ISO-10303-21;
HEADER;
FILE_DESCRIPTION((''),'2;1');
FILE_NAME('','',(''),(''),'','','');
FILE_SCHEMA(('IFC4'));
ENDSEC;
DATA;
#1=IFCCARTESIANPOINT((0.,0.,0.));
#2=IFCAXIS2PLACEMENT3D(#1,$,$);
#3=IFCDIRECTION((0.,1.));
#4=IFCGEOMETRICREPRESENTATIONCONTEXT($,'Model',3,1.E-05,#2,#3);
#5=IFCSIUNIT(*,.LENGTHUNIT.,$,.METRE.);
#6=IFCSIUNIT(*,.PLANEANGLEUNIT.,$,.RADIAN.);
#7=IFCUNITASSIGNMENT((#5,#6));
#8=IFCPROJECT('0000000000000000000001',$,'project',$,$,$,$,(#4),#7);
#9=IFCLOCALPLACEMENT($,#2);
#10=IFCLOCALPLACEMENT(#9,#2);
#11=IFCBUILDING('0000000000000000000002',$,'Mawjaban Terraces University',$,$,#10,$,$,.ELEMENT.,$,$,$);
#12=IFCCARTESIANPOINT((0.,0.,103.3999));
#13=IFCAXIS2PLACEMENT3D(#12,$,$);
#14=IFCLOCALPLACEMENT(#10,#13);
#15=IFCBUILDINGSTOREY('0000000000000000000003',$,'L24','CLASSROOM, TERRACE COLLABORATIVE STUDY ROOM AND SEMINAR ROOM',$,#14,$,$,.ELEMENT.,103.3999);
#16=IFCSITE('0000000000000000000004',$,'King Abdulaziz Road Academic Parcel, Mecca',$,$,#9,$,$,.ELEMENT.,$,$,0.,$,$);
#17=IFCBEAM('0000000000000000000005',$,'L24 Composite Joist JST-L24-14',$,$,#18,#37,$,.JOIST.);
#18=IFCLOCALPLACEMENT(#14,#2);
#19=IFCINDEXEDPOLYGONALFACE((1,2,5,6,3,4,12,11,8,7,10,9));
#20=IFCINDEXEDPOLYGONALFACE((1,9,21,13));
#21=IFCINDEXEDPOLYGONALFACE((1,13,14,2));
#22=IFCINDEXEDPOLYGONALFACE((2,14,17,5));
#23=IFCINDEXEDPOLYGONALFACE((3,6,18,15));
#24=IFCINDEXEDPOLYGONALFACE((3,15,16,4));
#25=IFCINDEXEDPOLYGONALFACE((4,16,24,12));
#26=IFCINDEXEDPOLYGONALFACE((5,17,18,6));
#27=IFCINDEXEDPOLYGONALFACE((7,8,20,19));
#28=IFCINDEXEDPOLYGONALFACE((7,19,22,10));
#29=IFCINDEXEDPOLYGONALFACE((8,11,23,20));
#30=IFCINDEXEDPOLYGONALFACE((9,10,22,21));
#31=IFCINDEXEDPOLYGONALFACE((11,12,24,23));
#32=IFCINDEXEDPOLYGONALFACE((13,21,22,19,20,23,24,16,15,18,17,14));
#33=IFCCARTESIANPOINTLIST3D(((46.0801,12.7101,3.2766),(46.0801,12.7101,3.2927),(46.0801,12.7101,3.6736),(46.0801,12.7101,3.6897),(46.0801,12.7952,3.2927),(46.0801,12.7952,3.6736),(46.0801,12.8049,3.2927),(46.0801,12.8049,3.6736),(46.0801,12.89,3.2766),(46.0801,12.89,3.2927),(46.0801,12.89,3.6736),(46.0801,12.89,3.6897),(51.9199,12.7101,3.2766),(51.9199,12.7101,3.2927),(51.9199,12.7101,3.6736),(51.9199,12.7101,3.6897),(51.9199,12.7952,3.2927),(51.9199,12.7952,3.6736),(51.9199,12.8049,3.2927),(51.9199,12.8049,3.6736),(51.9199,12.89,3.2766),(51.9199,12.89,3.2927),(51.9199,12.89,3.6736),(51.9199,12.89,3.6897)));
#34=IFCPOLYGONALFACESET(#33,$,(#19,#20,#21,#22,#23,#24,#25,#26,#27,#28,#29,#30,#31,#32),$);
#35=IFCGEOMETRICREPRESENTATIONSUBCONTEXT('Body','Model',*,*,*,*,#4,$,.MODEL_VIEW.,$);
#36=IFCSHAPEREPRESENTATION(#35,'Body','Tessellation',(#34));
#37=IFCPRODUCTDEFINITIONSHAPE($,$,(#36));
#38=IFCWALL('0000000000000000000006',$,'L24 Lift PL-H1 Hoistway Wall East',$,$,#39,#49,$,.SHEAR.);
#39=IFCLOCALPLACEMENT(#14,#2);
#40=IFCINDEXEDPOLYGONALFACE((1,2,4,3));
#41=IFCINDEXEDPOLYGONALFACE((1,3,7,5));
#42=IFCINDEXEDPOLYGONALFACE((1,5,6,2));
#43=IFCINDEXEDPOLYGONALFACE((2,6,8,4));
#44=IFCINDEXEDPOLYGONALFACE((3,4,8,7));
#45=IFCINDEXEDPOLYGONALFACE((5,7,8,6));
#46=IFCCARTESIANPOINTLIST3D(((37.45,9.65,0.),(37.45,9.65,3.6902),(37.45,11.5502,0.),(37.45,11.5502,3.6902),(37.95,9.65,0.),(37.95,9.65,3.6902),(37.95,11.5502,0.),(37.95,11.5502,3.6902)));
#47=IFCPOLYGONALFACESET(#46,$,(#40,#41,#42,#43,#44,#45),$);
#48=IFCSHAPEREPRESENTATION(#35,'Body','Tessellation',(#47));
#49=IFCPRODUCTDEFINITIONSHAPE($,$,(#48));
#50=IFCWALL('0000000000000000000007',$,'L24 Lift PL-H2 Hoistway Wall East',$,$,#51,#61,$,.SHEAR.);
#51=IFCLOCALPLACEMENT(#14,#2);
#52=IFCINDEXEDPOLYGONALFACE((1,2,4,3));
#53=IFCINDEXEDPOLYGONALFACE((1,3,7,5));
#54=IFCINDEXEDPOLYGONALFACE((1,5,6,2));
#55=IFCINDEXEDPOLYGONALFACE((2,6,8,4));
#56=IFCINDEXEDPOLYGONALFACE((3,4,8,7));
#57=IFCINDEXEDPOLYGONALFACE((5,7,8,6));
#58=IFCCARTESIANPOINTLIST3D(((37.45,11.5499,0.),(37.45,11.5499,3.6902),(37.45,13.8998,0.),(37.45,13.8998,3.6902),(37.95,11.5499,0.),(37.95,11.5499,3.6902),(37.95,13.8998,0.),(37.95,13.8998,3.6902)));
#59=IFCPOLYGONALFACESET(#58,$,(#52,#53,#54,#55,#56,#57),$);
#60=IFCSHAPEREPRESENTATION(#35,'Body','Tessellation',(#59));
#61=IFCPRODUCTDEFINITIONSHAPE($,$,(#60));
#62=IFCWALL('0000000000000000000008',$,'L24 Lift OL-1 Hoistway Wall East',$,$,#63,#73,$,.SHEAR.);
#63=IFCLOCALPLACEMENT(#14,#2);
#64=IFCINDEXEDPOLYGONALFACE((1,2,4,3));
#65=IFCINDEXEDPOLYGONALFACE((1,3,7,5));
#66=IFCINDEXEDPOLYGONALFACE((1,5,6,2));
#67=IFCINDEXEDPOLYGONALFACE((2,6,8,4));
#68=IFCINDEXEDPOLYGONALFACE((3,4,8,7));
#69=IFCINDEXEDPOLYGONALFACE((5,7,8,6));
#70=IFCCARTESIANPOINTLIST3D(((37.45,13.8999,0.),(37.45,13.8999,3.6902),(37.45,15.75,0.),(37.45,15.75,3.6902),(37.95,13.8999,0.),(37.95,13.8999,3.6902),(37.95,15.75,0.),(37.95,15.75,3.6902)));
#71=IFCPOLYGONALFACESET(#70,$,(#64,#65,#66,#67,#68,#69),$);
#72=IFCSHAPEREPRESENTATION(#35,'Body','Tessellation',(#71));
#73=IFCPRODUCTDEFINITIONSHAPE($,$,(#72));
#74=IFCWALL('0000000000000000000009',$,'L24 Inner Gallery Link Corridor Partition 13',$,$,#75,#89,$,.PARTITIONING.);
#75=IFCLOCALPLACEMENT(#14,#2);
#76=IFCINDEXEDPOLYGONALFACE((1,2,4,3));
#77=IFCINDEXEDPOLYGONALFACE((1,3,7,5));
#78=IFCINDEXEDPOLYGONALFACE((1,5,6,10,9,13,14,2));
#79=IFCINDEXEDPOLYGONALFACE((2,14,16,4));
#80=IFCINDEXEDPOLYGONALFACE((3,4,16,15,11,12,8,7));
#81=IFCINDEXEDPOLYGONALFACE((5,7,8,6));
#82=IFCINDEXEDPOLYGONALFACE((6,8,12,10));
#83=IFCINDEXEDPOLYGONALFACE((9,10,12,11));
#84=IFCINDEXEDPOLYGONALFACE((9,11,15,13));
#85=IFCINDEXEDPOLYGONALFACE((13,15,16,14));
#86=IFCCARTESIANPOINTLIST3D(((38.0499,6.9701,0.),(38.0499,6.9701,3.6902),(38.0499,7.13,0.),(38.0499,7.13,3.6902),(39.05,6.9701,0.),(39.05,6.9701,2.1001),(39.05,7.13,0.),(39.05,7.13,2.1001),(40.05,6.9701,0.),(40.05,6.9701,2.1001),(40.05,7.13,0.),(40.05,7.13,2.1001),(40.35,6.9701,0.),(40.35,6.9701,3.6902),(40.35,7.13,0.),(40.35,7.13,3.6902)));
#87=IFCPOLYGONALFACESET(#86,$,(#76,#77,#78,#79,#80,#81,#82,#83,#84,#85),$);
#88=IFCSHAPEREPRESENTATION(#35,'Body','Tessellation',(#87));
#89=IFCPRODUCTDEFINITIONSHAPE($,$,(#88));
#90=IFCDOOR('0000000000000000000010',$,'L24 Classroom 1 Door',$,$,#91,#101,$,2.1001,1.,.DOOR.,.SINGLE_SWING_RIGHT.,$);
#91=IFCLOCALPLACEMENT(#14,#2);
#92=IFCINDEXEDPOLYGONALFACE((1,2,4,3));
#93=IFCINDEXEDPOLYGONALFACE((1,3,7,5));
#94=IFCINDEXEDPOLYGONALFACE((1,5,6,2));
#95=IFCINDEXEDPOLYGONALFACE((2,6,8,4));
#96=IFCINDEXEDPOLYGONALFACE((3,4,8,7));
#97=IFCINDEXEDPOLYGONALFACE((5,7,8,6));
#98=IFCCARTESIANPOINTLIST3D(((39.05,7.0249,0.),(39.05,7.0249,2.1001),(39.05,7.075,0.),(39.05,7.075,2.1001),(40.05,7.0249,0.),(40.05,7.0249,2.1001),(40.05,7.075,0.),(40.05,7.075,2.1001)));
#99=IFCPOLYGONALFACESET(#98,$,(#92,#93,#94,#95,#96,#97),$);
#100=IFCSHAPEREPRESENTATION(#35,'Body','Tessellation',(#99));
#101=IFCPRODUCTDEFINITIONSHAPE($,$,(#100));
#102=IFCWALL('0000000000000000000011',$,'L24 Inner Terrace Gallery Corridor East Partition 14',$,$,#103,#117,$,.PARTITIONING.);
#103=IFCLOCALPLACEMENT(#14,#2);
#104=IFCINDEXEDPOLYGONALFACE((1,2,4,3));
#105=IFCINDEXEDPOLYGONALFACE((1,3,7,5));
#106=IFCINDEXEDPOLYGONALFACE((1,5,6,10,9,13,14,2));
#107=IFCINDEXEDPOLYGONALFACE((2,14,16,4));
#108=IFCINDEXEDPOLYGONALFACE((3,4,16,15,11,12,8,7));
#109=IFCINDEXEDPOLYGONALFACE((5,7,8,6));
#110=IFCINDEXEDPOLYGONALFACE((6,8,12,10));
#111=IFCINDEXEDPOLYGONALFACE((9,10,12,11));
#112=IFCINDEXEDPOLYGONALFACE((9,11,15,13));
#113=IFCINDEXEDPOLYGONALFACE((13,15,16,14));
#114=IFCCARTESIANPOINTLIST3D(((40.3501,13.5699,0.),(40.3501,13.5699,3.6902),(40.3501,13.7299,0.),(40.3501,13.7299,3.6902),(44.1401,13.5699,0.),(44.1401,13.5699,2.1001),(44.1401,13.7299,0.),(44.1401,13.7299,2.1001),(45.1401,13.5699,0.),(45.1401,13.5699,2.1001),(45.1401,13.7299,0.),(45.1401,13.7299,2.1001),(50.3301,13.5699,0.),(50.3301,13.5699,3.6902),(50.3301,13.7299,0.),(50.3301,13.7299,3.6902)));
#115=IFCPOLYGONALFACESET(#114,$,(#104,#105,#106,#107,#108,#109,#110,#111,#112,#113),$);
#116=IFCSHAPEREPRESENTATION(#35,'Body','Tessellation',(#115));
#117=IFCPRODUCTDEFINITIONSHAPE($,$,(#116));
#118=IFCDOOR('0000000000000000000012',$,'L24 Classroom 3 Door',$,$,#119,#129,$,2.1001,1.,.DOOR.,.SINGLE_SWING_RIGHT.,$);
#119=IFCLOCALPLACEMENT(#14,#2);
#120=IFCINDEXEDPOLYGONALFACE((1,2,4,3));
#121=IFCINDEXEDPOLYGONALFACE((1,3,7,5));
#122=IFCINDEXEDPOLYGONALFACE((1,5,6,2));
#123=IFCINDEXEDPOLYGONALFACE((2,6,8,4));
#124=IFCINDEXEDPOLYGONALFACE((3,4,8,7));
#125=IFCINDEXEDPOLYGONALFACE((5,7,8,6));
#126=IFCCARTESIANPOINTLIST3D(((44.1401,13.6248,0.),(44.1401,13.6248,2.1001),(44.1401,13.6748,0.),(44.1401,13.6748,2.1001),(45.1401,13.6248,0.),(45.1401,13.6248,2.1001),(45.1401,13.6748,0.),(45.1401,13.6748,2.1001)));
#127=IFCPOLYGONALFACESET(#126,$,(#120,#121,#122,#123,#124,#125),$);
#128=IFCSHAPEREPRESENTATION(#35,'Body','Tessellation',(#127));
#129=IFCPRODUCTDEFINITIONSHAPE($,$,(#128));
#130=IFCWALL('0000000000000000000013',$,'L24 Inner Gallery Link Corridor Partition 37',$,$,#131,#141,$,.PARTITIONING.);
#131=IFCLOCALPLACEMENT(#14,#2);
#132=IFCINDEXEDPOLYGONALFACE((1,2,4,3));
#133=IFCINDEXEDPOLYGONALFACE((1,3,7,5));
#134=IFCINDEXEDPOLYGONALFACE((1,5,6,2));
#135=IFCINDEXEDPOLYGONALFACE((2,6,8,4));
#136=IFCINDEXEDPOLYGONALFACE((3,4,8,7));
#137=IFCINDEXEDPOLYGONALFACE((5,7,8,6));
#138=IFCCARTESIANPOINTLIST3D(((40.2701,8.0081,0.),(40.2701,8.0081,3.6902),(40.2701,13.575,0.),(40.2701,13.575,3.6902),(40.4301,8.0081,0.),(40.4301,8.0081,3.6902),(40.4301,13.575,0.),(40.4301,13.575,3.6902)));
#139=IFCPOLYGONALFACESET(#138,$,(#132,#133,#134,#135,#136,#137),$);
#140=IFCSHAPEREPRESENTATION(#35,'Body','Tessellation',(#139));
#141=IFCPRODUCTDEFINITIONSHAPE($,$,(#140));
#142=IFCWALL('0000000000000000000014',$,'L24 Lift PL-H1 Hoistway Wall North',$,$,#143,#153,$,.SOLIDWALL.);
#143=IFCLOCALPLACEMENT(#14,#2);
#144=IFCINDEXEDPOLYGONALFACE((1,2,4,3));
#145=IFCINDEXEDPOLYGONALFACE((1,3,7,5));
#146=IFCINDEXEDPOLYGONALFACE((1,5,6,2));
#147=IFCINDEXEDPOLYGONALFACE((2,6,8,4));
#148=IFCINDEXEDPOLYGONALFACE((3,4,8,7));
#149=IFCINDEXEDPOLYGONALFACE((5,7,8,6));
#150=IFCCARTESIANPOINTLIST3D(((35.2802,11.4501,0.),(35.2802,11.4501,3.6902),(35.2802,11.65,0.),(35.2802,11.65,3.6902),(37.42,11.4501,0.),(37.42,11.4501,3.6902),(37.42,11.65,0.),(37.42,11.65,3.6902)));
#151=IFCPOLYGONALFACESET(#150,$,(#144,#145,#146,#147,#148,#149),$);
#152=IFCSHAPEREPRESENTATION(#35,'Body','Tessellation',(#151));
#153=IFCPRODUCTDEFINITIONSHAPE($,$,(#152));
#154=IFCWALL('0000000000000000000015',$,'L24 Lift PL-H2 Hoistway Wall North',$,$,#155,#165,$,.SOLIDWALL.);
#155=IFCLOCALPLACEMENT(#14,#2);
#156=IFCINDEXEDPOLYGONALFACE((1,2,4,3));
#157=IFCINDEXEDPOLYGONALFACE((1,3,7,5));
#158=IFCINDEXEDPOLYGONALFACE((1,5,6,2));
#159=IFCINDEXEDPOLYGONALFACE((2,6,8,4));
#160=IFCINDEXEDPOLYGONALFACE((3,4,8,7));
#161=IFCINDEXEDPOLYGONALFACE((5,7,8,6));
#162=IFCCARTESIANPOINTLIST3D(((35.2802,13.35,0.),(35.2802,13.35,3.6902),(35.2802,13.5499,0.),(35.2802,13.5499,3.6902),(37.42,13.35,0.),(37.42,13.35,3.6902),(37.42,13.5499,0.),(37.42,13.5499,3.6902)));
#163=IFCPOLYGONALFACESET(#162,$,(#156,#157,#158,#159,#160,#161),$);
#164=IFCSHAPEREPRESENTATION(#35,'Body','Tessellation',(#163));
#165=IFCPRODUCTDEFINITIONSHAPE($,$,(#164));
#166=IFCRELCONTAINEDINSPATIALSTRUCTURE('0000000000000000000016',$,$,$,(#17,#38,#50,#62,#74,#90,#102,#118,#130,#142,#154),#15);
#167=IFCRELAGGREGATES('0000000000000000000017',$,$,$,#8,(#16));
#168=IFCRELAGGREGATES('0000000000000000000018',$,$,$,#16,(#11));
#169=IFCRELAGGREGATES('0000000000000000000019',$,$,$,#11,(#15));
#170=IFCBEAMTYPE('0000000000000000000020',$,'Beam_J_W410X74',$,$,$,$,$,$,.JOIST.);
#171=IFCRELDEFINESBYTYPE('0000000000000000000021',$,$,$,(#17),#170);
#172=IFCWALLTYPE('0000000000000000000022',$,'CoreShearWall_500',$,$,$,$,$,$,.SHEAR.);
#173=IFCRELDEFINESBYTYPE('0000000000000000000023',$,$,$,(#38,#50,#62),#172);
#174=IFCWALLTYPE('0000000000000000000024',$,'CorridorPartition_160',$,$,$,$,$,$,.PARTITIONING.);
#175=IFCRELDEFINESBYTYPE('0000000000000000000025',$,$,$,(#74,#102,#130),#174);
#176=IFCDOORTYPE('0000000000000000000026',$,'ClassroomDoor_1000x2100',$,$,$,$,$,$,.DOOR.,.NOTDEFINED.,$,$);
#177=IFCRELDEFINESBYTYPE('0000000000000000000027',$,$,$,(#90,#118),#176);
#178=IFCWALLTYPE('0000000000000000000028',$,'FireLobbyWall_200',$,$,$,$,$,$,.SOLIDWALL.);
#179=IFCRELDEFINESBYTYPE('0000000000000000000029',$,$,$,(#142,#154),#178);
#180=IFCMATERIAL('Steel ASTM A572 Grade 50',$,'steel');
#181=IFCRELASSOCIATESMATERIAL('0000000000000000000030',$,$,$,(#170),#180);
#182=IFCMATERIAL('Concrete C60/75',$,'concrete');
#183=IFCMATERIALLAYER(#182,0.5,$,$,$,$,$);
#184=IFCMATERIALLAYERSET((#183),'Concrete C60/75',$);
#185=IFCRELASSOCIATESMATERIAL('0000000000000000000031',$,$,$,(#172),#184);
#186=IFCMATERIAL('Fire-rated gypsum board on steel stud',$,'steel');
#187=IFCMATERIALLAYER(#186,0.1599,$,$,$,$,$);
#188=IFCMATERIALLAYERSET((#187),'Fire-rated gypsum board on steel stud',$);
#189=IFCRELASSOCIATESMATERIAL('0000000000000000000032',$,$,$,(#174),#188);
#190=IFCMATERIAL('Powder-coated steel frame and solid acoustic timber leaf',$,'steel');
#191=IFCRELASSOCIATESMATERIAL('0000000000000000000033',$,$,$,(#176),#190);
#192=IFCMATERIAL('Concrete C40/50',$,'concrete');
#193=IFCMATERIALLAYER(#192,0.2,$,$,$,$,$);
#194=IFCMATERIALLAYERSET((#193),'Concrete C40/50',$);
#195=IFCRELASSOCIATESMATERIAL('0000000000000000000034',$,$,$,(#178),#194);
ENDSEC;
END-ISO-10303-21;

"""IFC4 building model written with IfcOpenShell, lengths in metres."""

from ifc_helpers import new_model, si_unit, direction, frame, frame_2d, origin, origin_2d, place, context, subcontext, project, spatial, rectangle, i_section, extrude, material, layer, layer_set, material_profile, profile_set, type_object, element, fill, save


model = new_model("IFC4")

# Units and contexts
model_context = context("Model", 3, precision=1e-05, world=origin(), true_north=direction((0.0, 1.0)))
body_context = subcontext(model_context, "Body", "Model", "MODEL_VIEW")
ifc_project = project(units=[si_unit("LENGTHUNIT", "METRE"), si_unit("PLANEANGLEUNIT", "RADIAN")], contexts=[model_context])

# Site, building, storey
site_placement = place(None, origin())
site = spatial("IfcSite", under=ifc_project, at=site_placement, Name="King Abdulaziz Road Academic Parcel, Mecca", CompositionType="ELEMENT", RefElevation=0.0)
building_placement = place(site_placement, origin())
building = spatial("IfcBuilding", under=site, at=building_placement, Name="Mawjaban Terraces University", CompositionType="ELEMENT")
storey_placement = place(building_placement, frame((0.0, 0.0, 103.3999)))
storey = spatial("IfcBuildingStorey", under=building, at=storey_placement, Name="L24", Description="CLASSROOM, TERRACE COLLABORATIVE STUDY ROOM AND SEMINAR ROOM", CompositionType="ELEMENT", Elevation=103.3999)

# Shared definitions
ifc_material_1 = material(Name="Concrete C60/75", Category="concrete")

# Beam
ifc_material_2 = material(Name="Steel ASTM A572 Grade 50", Category="steel")
ifc_material_profile_1 = material_profile(ifc_material_2, i_section(OverallWidth=0.1799, OverallDepth=0.4131, WebThickness=0.0098, FlangeThickness=0.0161, at=origin_2d()), Name="W410X74")
ifc_profile_set_1 = profile_set([ifc_material_profile_1], Name="Steel ASTM A572 Grade 50")
beam_type_1 = type_object("IfcBeamType", Name="Beam_J_W410X74", PredefinedType="JOIST", material=ifc_profile_set_1)
beam_1_placement = place(storey_placement, frame((46.0801, 12.8, 3.4832), z_axis=(1.0, 0.0, 0.0), x_axis=(0.0, 1.0, 0.0)))
element("IfcBeam", 1, at=beam_1_placement, inside=storey, type_object=beam_type_1, Name="L24 Composite Joist JST-L24-14", PredefinedType="JOIST", context=body_context, shape_type="SweptSolid", body=[
    extrude(i_section(OverallWidth=0.1799, OverallDepth=0.4131, WebThickness=0.0098, FlangeThickness=0.0161, at=origin_2d()), origin(), (0.0, 0.0, 1.0), 5.8398),
])

# Walls
ifc_layer_1 = layer(ifc_material_1, 0.5)
ifc_layer_set_1 = layer_set([ifc_layer_1], Name="Concrete C60/75")
wall_type_1 = type_object("IfcWallType", Name="CoreShearWall_500", PredefinedType="SHEAR", material=ifc_layer_set_1)
wall_1_placement = place(storey_placement, frame((37.7, 9.6499, 0.0), z_axis=(0.0, 0.0, 1.0), x_axis=(0.0, 1.0, 0.0)))
element("IfcWall", 2, at=wall_1_placement, inside=storey, type_object=wall_type_1, Name="L24 Lift PL-H1 Hoistway Wall East", PredefinedType="SHEAR", context=body_context, shape_type="SweptSolid", body=[
    extrude(rectangle(XDim=1.9001, YDim=0.5, at=frame_2d((0.9502, 0.0))), origin(), (0.0, 0.0, 1.0), 3.6902),
])
wall_2_placement = place(storey_placement, frame((37.7, 11.55, 0.0), z_axis=(0.0, 0.0, 1.0), x_axis=(0.0, 1.0, 0.0)))
element("IfcWall", 3, at=wall_2_placement, inside=storey, type_object=wall_type_1, Name="L24 Lift PL-H2 Hoistway Wall East", PredefinedType="SHEAR", context=body_context, shape_type="SweptSolid", body=[
    extrude(rectangle(XDim=2.3499, YDim=0.5, at=frame_2d((1.1748, 0.0))), origin(), (0.0, 0.0, 1.0), 3.6902),
])
wall_3_placement = place(storey_placement, frame((37.7, 13.8999, 0.0), z_axis=(0.0, 0.0, 1.0), x_axis=(0.0, 1.0, 0.0)))
element("IfcWall", 4, at=wall_3_placement, inside=storey, type_object=wall_type_1, Name="L24 Lift OL-1 Hoistway Wall East", PredefinedType="SHEAR", context=body_context, shape_type="SweptSolid", body=[
    extrude(rectangle(XDim=1.8501, YDim=0.5, at=frame_2d((0.925, 0.0))), origin(), (0.0, 0.0, 1.0), 3.6902),
])

# Walls, openings, doors
ifc_material_3 = material(Name="Fire-rated gypsum board on steel stud", Category="steel")
ifc_layer_2 = layer(ifc_material_3, 0.1599)
ifc_layer_set_2 = layer_set([ifc_layer_2], Name="Fire-rated gypsum board on steel stud")
wall_type_2 = type_object("IfcWallType", Name="CorridorPartition_160", PredefinedType="PARTITIONING", material=ifc_layer_set_2)
wall_4_placement = place(storey_placement, frame((38.05, 7.05, 0.0), z_axis=(0.0, 0.0, 1.0), x_axis=(1.0, 0.0, 0.0)))
wall_4 = element("IfcWall", 5, at=wall_4_placement, inside=storey, type_object=wall_type_2, Name="L24 Inner Gallery Link Corridor Partition 13", PredefinedType="PARTITIONING", context=body_context, shape_type="SweptSolid", body=[
    extrude(rectangle(XDim=2.3, YDim=0.1599, at=frame_2d((1.1499, 0.0))), origin(), (0.0, 0.0, 1.0), 3.6902),
])
opening_1_placement = place(wall_4_placement, frame((1.0, 0.0, 0.0)))
opening_1 = element("IfcOpeningElement", 6, at=opening_1_placement, cuts=wall_4, PredefinedType="OPENING", context=body_context, shape_type="SweptSolid", body=[
    extrude(rectangle(XDim=1.0, YDim=2.1001, at=frame_2d((0.5, 1.05))), frame((0.0, 0.0898, 0.0), z_axis=(0.0, -1.0, 0.0), x_axis=(1.0, 0.0, 0.0)), (0.0, 0.0, 1.0), 0.1799),
])
ifc_material_4 = material(Name="Powder-coated steel frame and solid acoustic timber leaf", Category="steel")
door_type = type_object("IfcDoorType", Name="ClassroomDoor_1000x2100", OperationType="NOTDEFINED", PredefinedType="DOOR", material=ifc_material_4)
door_1_placement = place(opening_1_placement, origin())
door_1 = element("IfcDoor", 7, at=door_1_placement, inside=storey, type_object=door_type, Name="L24 Classroom 1 Door", OperationType="SINGLE_SWING_RIGHT", OverallHeight=2.1001, OverallWidth=1.0, PredefinedType="DOOR", context=body_context, shape_type="SweptSolid", body=[
    extrude(rectangle(XDim=1.0, YDim=2.1001, at=frame_2d((0.5, 1.05))), frame((0.0, 0.0249, 0.0), z_axis=(0.0, -1.0, 0.0), x_axis=(1.0, 0.0, 0.0)), (0.0, 0.0, 1.0), 0.05),
])
fill(opening_1, door_1)
wall_5_placement = place(storey_placement, frame((40.3501, 13.6499, 0.0), z_axis=(0.0, 0.0, 1.0), x_axis=(1.0, 0.0, 0.0)))
wall_5 = element("IfcWall", 8, at=wall_5_placement, inside=storey, type_object=wall_type_2, Name="L24 Inner Terrace Gallery Corridor East Partition 14", PredefinedType="PARTITIONING", context=body_context, shape_type="SweptSolid", body=[
    extrude(rectangle(XDim=9.98, YDim=0.1599, at=frame_2d((4.99, 0.0))), origin(), (0.0, 0.0, 1.0), 3.6902),
])
opening_2_placement = place(wall_5_placement, frame((3.79, 0.0, 0.0)))
opening_2 = element("IfcOpeningElement", 9, at=opening_2_placement, cuts=wall_5, PredefinedType="OPENING", context=body_context, shape_type="SweptSolid", body=[
    extrude(rectangle(XDim=1.0, YDim=2.1001, at=frame_2d((0.5, 1.05))), frame((0.0, 0.0898, 0.0), z_axis=(0.0, -1.0, 0.0), x_axis=(1.0, 0.0, 0.0)), (0.0, 0.0, 1.0), 0.1799),
])
door_2_placement = place(opening_2_placement, origin())
door_2 = element("IfcDoor", 10, at=door_2_placement, inside=storey, type_object=door_type, Name="L24 Classroom 3 Door", OperationType="SINGLE_SWING_RIGHT", OverallHeight=2.1001, OverallWidth=1.0, PredefinedType="DOOR", context=body_context, shape_type="SweptSolid", body=[
    extrude(rectangle(XDim=1.0, YDim=2.1001, at=frame_2d((0.5, 1.05))), frame((0.0, 0.0249, 0.0), z_axis=(0.0, -1.0, 0.0), x_axis=(1.0, 0.0, 0.0)), (0.0, 0.0, 1.0), 0.05),
])
fill(opening_2, door_2)

# Walls
wall_6_placement = place(storey_placement, frame((40.3501, 8.0081, 0.0), z_axis=(0.0, 0.0, 1.0), x_axis=(0.0, 1.0, 0.0)))
element("IfcWall", 11, at=wall_6_placement, inside=storey, type_object=wall_type_2, Name="L24 Inner Gallery Link Corridor Partition 37", PredefinedType="PARTITIONING", context=body_context, shape_type="SweptSolid", body=[
    extrude(rectangle(XDim=5.5669, YDim=0.1599, at=frame_2d((2.7834, 0.0))), origin(), (0.0, 0.0, 1.0), 3.6902),
])
ifc_material_5 = material(Name="Concrete C40/50", Category="concrete")
ifc_layer_3 = layer(ifc_material_5, 0.2)
ifc_layer_set_3 = layer_set([ifc_layer_3], Name="Concrete C40/50")
wall_type_3 = type_object("IfcWallType", Name="FireLobbyWall_200", PredefinedType="SOLIDWALL", material=ifc_layer_set_3)
for number, where, z_axis, x_axis, name in (
    (12, (37.4199, 11.55, 0.0), (0.0, 0.0, 1.0), (-1.0, 0.0, 0.0), "L24 Lift PL-H1 Hoistway Wall North"),
    (13, (37.4199, 13.45, 0.0), (0.0, 0.0, 1.0), (-1.0, 0.0, 0.0), "L24 Lift PL-H2 Hoistway Wall North"),
):
    element("IfcWall", number, at=place(storey_placement, frame(where, z_axis=z_axis, x_axis=x_axis)), inside=storey, type_object=wall_type_3, Name=name, PredefinedType="SOLIDWALL", context=body_context, shape_type="SweptSolid", body=[
        extrude(rectangle(XDim=2.1399, YDim=0.2, at=frame_2d((1.0698, 0.0))), origin(), (0.0, 0.0, 1.0), 3.6902),
    ])

save(model, "model.ifc")
